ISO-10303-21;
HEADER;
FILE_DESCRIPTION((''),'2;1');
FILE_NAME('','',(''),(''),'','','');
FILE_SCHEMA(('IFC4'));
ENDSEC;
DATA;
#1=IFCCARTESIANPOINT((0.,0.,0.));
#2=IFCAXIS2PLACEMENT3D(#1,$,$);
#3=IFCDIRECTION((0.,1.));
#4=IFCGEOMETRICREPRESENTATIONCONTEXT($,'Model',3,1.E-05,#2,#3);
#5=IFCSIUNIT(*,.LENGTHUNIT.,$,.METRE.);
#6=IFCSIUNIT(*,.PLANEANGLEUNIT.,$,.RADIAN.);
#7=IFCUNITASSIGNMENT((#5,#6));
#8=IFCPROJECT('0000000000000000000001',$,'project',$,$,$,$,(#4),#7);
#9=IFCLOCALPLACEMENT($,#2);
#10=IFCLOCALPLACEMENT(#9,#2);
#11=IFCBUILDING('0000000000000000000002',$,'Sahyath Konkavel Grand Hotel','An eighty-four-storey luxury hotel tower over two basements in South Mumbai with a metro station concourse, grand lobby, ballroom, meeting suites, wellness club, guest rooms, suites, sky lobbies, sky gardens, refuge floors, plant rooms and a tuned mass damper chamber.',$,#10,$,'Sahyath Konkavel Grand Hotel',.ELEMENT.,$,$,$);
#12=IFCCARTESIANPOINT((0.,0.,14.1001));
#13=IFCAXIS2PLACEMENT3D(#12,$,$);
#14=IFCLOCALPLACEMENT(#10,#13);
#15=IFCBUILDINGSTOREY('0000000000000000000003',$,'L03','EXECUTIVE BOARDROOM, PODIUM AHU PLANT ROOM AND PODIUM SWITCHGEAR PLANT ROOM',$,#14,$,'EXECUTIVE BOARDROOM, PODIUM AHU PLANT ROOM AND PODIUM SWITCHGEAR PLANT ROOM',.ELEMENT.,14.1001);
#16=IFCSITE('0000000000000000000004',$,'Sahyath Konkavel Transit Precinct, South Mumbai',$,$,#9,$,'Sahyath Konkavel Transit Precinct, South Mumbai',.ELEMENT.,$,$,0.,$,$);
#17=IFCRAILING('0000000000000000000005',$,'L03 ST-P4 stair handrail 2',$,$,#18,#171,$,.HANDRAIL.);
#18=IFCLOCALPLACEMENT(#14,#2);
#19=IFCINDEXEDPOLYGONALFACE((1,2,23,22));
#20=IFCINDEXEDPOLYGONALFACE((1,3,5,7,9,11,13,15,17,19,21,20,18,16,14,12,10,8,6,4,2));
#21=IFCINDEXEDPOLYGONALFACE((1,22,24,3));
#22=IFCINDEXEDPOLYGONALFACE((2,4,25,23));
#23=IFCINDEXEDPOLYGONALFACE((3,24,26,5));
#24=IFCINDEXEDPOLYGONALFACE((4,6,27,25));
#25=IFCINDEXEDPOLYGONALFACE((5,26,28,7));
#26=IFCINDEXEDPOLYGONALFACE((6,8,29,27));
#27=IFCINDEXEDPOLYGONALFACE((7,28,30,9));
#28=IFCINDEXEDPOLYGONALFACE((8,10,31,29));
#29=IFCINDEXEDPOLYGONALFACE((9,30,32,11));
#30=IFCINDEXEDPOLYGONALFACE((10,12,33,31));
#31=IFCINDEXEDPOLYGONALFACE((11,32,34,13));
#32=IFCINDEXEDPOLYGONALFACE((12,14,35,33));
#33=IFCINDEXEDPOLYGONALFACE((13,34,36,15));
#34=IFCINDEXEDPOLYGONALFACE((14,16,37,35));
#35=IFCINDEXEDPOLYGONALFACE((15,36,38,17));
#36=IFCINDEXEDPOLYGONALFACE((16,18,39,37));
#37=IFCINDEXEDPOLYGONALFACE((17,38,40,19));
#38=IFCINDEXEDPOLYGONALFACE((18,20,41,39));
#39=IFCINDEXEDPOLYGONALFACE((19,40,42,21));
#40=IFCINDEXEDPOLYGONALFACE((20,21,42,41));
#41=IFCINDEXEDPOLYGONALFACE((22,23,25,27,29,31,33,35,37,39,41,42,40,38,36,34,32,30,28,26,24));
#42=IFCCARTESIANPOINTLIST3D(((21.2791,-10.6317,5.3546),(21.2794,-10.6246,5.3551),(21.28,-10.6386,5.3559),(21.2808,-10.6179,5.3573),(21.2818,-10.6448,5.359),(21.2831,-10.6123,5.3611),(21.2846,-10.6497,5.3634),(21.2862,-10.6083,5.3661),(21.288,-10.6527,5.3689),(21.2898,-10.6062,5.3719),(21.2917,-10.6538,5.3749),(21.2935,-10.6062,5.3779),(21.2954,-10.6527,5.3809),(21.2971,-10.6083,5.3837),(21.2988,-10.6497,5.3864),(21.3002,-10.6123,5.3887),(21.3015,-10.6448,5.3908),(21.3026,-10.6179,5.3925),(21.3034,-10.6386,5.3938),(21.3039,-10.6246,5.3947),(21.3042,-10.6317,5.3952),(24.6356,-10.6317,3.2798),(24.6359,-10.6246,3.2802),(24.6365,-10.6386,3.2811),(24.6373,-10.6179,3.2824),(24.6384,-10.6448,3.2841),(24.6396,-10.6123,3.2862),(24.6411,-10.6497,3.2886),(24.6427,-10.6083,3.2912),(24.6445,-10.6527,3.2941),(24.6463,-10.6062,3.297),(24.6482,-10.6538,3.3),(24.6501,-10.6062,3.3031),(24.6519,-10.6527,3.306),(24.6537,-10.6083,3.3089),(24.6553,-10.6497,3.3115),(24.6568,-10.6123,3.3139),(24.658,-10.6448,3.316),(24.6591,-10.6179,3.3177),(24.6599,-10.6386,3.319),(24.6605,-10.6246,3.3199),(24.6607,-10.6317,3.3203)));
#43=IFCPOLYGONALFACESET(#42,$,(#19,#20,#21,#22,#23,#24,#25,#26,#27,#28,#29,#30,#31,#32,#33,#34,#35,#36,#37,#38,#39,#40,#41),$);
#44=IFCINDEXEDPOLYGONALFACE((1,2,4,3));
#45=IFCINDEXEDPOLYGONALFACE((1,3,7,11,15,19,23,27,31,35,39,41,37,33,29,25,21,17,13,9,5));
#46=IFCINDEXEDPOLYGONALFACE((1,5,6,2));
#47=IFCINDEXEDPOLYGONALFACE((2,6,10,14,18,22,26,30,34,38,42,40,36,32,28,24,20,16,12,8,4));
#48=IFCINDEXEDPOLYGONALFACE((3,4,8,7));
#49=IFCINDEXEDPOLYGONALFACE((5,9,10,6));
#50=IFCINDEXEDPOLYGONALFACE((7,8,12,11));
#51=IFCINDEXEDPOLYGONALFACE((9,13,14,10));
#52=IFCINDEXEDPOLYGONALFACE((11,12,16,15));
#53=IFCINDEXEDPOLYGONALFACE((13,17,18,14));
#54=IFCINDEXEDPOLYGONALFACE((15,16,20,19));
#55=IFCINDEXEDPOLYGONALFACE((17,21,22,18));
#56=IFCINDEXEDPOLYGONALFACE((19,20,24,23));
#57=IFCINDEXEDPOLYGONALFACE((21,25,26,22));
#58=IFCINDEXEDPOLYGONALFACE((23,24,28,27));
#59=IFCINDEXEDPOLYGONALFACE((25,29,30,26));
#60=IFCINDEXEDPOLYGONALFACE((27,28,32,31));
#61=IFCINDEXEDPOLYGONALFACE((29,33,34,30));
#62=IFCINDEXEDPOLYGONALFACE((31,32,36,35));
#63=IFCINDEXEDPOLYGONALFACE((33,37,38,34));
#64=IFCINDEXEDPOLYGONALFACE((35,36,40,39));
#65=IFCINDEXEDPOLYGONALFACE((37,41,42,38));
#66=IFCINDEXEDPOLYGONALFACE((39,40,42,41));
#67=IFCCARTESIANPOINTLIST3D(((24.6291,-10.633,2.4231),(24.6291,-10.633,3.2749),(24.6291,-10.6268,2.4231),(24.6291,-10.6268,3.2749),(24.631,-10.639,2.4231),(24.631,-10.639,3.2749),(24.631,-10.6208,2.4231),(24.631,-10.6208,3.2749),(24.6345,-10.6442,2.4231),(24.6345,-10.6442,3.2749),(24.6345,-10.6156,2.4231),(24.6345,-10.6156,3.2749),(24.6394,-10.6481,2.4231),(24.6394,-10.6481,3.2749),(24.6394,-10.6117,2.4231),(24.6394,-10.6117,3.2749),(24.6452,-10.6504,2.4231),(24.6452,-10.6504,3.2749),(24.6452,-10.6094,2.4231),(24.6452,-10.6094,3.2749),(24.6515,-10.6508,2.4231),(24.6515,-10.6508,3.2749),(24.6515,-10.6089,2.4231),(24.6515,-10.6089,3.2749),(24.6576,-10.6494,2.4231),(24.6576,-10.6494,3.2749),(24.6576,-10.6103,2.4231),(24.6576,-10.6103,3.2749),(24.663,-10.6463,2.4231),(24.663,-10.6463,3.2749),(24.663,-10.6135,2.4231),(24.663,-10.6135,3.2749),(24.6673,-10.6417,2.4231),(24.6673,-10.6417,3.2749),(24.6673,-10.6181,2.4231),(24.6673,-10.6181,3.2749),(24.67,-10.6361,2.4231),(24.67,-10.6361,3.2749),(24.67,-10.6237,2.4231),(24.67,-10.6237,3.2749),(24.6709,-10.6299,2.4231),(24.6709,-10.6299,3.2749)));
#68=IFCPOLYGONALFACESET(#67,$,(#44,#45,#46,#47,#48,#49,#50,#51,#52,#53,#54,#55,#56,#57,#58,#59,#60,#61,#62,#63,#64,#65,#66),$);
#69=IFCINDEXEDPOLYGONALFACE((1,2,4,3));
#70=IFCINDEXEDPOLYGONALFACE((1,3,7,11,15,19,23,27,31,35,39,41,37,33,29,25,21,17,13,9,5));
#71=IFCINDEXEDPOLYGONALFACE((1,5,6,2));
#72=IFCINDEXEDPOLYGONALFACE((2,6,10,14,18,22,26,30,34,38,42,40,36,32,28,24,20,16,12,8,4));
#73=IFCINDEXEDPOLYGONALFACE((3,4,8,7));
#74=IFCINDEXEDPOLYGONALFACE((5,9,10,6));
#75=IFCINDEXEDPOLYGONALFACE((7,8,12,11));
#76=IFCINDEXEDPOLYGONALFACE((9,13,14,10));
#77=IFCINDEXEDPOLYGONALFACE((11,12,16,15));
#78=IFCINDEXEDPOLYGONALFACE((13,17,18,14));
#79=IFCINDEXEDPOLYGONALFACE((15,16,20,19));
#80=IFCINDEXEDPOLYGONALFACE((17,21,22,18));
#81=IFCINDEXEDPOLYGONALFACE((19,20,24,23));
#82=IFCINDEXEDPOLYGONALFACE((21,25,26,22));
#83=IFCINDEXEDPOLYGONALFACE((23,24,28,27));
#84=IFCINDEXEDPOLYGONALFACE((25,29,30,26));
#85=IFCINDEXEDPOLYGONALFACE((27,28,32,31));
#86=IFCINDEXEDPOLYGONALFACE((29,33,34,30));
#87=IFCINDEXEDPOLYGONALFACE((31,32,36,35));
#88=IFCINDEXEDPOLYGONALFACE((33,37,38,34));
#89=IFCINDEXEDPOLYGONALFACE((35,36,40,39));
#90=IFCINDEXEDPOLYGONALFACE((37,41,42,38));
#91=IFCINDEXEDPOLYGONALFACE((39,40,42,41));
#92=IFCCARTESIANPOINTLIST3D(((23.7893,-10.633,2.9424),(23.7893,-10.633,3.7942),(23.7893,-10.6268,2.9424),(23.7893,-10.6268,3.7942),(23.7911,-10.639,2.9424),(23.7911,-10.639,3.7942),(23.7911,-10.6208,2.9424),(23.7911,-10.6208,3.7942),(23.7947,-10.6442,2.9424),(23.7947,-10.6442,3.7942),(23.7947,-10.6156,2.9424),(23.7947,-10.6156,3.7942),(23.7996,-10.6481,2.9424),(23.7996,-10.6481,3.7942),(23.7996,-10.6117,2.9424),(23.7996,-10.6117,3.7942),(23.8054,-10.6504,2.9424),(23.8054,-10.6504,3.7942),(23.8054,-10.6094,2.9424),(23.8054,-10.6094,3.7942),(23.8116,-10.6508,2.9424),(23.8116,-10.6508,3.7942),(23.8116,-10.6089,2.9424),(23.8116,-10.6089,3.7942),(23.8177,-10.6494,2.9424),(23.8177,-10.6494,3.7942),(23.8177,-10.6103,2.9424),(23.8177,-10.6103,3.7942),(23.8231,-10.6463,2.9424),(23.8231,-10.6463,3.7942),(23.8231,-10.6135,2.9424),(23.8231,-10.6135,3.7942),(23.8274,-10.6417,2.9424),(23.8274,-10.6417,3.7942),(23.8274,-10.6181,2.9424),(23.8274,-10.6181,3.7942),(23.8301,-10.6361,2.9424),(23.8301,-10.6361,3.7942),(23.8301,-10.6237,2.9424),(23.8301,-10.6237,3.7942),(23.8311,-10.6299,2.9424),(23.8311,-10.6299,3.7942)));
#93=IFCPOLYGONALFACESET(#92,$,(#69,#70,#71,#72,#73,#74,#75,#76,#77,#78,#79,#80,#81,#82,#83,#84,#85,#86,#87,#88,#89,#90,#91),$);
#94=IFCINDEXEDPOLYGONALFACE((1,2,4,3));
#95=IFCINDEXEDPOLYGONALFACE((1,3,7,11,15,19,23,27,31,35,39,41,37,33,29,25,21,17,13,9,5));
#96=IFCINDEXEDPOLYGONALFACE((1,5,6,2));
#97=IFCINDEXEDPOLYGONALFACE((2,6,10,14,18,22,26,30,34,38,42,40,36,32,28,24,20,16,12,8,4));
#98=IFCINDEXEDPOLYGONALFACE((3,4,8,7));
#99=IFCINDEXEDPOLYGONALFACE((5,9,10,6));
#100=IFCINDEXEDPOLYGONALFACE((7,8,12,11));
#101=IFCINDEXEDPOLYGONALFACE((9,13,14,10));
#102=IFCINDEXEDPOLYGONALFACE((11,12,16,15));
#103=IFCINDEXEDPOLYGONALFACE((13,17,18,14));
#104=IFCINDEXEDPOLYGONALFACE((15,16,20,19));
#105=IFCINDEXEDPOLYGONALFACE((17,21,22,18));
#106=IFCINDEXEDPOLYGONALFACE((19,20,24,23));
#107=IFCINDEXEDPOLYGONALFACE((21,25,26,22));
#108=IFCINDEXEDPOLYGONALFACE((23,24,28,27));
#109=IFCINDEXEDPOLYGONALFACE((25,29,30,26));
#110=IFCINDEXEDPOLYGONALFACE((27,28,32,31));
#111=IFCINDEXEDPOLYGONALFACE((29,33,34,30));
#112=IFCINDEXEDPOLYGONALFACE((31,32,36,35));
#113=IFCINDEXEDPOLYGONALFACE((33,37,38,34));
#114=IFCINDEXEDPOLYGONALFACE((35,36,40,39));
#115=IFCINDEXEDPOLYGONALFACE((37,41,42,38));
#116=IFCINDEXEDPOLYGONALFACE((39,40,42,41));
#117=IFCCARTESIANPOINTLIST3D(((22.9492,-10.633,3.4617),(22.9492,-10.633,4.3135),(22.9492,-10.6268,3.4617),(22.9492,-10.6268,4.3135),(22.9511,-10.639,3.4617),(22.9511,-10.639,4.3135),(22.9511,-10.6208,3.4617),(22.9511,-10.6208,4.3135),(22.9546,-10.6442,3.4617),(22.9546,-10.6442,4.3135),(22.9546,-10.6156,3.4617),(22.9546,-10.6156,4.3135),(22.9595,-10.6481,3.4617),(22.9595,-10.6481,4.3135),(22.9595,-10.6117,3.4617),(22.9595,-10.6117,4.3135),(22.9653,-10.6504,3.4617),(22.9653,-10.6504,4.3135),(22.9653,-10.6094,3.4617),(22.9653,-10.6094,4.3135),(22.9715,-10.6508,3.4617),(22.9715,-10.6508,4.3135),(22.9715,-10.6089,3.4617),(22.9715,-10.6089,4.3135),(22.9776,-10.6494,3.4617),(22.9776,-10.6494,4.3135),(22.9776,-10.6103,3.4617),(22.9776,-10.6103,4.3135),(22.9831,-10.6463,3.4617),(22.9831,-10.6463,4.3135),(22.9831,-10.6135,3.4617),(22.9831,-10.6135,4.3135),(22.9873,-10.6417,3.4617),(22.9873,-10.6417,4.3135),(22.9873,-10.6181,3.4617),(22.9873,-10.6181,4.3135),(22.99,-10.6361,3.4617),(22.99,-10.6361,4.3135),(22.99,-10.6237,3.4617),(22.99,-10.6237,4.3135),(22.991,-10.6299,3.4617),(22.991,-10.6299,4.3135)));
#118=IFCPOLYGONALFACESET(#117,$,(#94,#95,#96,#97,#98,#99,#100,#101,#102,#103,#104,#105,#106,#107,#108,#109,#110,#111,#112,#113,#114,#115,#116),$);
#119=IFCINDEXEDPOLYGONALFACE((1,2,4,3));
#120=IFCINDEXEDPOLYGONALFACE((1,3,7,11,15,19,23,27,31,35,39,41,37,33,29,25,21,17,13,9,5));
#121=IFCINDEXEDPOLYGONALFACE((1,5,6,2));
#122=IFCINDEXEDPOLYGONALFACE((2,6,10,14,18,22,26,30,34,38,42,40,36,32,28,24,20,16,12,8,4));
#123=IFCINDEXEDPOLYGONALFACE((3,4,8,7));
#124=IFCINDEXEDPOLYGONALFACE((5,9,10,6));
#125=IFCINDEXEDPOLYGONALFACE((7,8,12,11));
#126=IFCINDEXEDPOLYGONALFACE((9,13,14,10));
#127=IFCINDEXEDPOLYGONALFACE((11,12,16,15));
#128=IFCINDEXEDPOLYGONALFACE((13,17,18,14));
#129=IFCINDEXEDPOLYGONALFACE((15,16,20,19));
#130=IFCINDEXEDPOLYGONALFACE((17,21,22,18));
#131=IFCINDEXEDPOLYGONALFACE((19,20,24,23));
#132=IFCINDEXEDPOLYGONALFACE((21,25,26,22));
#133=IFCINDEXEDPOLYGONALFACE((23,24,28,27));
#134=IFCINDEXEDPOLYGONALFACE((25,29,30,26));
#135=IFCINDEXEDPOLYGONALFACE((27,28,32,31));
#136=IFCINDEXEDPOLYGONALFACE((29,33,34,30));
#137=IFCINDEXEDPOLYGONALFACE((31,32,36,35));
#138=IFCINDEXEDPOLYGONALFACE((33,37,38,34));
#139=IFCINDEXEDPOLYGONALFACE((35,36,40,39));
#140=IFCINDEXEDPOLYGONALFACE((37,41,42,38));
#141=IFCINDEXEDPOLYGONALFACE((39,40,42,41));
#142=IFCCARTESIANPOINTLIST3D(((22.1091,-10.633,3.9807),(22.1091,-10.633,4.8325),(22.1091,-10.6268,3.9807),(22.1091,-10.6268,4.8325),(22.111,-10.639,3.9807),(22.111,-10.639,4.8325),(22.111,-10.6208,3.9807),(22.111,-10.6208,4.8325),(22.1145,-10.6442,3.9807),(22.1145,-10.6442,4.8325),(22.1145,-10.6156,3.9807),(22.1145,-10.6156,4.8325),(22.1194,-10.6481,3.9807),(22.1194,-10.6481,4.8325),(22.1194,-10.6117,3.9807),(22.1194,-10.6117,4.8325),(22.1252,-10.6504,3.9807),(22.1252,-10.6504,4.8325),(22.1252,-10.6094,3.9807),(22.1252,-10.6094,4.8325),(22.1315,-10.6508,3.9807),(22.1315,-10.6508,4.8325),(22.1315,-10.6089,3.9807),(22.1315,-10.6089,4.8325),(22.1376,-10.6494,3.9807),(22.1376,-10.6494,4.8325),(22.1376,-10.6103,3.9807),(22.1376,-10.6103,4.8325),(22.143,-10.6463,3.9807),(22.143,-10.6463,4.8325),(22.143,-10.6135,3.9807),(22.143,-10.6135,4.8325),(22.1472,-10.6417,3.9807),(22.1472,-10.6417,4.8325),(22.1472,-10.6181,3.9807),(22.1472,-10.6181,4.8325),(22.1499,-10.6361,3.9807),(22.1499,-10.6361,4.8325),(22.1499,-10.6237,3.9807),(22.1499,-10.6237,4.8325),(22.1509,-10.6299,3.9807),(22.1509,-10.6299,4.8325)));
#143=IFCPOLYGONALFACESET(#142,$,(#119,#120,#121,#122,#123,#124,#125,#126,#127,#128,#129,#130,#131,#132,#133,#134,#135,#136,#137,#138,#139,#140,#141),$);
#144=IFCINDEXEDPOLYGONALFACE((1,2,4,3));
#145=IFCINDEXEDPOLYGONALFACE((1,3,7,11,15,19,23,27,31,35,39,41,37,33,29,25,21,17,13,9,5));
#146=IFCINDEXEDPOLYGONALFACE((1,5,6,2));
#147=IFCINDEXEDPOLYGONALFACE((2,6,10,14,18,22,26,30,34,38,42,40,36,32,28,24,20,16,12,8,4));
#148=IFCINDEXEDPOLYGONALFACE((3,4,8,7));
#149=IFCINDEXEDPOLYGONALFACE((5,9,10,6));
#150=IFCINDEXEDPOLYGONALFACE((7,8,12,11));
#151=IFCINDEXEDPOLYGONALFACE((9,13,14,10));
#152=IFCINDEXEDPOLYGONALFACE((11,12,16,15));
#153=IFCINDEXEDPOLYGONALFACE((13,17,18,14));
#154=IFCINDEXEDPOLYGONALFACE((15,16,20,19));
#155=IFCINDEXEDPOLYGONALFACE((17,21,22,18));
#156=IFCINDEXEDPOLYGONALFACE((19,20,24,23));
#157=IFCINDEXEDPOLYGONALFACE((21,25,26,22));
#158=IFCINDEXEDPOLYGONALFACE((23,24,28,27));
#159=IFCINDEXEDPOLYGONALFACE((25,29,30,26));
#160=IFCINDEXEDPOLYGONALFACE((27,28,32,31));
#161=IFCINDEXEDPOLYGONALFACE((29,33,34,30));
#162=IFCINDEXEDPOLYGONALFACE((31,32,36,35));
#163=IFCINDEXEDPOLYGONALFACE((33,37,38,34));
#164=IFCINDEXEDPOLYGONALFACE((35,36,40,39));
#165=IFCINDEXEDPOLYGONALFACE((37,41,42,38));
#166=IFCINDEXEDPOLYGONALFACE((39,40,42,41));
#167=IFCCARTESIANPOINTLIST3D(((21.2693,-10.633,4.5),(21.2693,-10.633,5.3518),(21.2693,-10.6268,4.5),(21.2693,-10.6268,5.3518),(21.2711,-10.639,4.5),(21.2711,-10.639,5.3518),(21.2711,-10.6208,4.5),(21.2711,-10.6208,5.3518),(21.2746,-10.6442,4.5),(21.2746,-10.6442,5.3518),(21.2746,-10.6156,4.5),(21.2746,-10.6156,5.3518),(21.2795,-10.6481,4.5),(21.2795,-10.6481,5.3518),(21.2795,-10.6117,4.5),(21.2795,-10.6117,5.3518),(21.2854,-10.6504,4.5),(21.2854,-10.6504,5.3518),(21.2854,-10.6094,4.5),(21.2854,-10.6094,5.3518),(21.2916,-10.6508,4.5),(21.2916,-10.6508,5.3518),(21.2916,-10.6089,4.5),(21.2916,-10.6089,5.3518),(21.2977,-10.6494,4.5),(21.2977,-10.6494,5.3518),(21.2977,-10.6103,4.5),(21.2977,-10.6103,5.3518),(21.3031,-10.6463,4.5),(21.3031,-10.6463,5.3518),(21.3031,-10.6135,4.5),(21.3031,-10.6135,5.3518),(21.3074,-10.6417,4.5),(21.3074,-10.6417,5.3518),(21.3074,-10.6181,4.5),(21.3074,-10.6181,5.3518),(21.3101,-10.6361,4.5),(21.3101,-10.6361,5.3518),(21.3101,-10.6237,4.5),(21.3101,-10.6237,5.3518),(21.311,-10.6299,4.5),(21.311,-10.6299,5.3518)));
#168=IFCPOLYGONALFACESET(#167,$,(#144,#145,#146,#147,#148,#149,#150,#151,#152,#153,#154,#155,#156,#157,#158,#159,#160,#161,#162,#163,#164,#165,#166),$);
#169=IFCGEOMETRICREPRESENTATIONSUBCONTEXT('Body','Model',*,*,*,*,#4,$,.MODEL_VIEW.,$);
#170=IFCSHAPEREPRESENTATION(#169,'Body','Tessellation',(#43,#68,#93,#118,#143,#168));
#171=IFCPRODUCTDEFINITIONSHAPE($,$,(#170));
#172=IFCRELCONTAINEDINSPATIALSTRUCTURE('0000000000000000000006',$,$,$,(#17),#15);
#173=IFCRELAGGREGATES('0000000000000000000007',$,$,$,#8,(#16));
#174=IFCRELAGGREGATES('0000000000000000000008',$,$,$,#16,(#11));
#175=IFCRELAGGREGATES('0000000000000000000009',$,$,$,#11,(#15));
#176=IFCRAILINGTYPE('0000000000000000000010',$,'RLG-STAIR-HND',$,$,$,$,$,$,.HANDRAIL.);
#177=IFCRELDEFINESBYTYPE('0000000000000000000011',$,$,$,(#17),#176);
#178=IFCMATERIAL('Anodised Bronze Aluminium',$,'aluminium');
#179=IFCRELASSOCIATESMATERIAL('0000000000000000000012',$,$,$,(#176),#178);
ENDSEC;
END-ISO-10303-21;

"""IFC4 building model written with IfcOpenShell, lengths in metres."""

from ifc_helpers import new_model, si_unit, direction, frame, origin, origin_2d, place, context, subcontext, project, spatial, circle, extrude, material, type_object, element, save


model = new_model("IFC4")

# Units and contexts
model_context = context("Model", 3, precision=1e-05, world=origin(), true_north=direction((0.0, 1.0)))
body_context = subcontext(model_context, "Body", "Model", "MODEL_VIEW")
ifc_project = project(units=[si_unit("LENGTHUNIT", "METRE"), si_unit("PLANEANGLEUNIT", "RADIAN")], contexts=[model_context])

# Site, building, storey
site_placement = place(None, origin())
site = spatial("IfcSite", under=ifc_project, at=site_placement, Name="Sahyath Konkavel Transit Precinct, South Mumbai", LongName="Sahyath Konkavel Transit Precinct, South Mumbai", CompositionType="ELEMENT", RefElevation=0.0)
building_placement = place(site_placement, origin())
building = spatial("IfcBuilding", under=site, at=building_placement, Name="Sahyath Konkavel Grand Hotel", Description="An eighty-four-storey luxury hotel tower over two basements in South Mumbai with a metro station concourse, grand lobby, ballroom, meeting suites, wellness club, guest rooms, suites, sky lobbies, sky gardens, refuge floors, plant rooms and a tuned mass damper chamber.", LongName="Sahyath Konkavel Grand Hotel", CompositionType="ELEMENT")
storey_placement = place(building_placement, frame((0.0, 0.0, 14.1001)))
storey = spatial("IfcBuildingStorey", under=building, at=storey_placement, Name="L03", Description="EXECUTIVE BOARDROOM, PODIUM AHU PLANT ROOM AND PODIUM SWITCHGEAR PLANT ROOM", LongName="EXECUTIVE BOARDROOM, PODIUM AHU PLANT ROOM AND PODIUM SWITCHGEAR PLANT ROOM", CompositionType="ELEMENT", Elevation=14.1001)

# Shared definitions
ifc_material_1 = material(Name="Anodised Bronze Aluminium", Category="aluminium")

# Railing
railing_type_1 = type_object("IfcRailingType", Name="RLG-STAIR-HND", PredefinedType="HANDRAIL", material=ifc_material_1)
railing_1_placement = place(storey_placement, frame((24.6499, -10.6299, 2.4231)))
element("IfcRailing", 1, at=railing_1_placement, inside=storey, type_object=railing_type_1, Name="L03 ST-P4 stair handrail 2", PredefinedType="HANDRAIL", context=body_context, shape_type="SweptSolid", body=[
    extrude(circle(Radius=0.0239, at=origin_2d()), frame((-0.0017, 0.0, 0.877), z_axis=(-0.850606, 0.0, 0.525803), x_axis=(0.0, -1.0, 0.0)), (0.0, 0.0, 1.0), 3.946),
    extrude(circle(Radius=0.021, at=origin_2d()), origin(), (0.0, 0.0, 1.0), 0.8518),
    extrude(circle(Radius=0.021, at=origin_2d()), frame((-0.8398, 0.0, 0.5193)), (0.0, 0.0, 1.0), 0.8518),
    extrude(circle(Radius=0.021, at=origin_2d()), frame((-1.6799, 0.0, 1.0386)), (0.0, 0.0, 1.0), 0.8518),
    extrude(circle(Radius=0.021, at=origin_2d()), frame((-2.52, 0.0, 1.5576)), (0.0, 0.0, 1.0), 0.8518),
    extrude(circle(Radius=0.021, at=origin_2d()), frame((-3.3599, 0.0, 2.0769)), (0.0, 0.0, 1.0), 0.8518),
])

save(model, "model.ifc")
